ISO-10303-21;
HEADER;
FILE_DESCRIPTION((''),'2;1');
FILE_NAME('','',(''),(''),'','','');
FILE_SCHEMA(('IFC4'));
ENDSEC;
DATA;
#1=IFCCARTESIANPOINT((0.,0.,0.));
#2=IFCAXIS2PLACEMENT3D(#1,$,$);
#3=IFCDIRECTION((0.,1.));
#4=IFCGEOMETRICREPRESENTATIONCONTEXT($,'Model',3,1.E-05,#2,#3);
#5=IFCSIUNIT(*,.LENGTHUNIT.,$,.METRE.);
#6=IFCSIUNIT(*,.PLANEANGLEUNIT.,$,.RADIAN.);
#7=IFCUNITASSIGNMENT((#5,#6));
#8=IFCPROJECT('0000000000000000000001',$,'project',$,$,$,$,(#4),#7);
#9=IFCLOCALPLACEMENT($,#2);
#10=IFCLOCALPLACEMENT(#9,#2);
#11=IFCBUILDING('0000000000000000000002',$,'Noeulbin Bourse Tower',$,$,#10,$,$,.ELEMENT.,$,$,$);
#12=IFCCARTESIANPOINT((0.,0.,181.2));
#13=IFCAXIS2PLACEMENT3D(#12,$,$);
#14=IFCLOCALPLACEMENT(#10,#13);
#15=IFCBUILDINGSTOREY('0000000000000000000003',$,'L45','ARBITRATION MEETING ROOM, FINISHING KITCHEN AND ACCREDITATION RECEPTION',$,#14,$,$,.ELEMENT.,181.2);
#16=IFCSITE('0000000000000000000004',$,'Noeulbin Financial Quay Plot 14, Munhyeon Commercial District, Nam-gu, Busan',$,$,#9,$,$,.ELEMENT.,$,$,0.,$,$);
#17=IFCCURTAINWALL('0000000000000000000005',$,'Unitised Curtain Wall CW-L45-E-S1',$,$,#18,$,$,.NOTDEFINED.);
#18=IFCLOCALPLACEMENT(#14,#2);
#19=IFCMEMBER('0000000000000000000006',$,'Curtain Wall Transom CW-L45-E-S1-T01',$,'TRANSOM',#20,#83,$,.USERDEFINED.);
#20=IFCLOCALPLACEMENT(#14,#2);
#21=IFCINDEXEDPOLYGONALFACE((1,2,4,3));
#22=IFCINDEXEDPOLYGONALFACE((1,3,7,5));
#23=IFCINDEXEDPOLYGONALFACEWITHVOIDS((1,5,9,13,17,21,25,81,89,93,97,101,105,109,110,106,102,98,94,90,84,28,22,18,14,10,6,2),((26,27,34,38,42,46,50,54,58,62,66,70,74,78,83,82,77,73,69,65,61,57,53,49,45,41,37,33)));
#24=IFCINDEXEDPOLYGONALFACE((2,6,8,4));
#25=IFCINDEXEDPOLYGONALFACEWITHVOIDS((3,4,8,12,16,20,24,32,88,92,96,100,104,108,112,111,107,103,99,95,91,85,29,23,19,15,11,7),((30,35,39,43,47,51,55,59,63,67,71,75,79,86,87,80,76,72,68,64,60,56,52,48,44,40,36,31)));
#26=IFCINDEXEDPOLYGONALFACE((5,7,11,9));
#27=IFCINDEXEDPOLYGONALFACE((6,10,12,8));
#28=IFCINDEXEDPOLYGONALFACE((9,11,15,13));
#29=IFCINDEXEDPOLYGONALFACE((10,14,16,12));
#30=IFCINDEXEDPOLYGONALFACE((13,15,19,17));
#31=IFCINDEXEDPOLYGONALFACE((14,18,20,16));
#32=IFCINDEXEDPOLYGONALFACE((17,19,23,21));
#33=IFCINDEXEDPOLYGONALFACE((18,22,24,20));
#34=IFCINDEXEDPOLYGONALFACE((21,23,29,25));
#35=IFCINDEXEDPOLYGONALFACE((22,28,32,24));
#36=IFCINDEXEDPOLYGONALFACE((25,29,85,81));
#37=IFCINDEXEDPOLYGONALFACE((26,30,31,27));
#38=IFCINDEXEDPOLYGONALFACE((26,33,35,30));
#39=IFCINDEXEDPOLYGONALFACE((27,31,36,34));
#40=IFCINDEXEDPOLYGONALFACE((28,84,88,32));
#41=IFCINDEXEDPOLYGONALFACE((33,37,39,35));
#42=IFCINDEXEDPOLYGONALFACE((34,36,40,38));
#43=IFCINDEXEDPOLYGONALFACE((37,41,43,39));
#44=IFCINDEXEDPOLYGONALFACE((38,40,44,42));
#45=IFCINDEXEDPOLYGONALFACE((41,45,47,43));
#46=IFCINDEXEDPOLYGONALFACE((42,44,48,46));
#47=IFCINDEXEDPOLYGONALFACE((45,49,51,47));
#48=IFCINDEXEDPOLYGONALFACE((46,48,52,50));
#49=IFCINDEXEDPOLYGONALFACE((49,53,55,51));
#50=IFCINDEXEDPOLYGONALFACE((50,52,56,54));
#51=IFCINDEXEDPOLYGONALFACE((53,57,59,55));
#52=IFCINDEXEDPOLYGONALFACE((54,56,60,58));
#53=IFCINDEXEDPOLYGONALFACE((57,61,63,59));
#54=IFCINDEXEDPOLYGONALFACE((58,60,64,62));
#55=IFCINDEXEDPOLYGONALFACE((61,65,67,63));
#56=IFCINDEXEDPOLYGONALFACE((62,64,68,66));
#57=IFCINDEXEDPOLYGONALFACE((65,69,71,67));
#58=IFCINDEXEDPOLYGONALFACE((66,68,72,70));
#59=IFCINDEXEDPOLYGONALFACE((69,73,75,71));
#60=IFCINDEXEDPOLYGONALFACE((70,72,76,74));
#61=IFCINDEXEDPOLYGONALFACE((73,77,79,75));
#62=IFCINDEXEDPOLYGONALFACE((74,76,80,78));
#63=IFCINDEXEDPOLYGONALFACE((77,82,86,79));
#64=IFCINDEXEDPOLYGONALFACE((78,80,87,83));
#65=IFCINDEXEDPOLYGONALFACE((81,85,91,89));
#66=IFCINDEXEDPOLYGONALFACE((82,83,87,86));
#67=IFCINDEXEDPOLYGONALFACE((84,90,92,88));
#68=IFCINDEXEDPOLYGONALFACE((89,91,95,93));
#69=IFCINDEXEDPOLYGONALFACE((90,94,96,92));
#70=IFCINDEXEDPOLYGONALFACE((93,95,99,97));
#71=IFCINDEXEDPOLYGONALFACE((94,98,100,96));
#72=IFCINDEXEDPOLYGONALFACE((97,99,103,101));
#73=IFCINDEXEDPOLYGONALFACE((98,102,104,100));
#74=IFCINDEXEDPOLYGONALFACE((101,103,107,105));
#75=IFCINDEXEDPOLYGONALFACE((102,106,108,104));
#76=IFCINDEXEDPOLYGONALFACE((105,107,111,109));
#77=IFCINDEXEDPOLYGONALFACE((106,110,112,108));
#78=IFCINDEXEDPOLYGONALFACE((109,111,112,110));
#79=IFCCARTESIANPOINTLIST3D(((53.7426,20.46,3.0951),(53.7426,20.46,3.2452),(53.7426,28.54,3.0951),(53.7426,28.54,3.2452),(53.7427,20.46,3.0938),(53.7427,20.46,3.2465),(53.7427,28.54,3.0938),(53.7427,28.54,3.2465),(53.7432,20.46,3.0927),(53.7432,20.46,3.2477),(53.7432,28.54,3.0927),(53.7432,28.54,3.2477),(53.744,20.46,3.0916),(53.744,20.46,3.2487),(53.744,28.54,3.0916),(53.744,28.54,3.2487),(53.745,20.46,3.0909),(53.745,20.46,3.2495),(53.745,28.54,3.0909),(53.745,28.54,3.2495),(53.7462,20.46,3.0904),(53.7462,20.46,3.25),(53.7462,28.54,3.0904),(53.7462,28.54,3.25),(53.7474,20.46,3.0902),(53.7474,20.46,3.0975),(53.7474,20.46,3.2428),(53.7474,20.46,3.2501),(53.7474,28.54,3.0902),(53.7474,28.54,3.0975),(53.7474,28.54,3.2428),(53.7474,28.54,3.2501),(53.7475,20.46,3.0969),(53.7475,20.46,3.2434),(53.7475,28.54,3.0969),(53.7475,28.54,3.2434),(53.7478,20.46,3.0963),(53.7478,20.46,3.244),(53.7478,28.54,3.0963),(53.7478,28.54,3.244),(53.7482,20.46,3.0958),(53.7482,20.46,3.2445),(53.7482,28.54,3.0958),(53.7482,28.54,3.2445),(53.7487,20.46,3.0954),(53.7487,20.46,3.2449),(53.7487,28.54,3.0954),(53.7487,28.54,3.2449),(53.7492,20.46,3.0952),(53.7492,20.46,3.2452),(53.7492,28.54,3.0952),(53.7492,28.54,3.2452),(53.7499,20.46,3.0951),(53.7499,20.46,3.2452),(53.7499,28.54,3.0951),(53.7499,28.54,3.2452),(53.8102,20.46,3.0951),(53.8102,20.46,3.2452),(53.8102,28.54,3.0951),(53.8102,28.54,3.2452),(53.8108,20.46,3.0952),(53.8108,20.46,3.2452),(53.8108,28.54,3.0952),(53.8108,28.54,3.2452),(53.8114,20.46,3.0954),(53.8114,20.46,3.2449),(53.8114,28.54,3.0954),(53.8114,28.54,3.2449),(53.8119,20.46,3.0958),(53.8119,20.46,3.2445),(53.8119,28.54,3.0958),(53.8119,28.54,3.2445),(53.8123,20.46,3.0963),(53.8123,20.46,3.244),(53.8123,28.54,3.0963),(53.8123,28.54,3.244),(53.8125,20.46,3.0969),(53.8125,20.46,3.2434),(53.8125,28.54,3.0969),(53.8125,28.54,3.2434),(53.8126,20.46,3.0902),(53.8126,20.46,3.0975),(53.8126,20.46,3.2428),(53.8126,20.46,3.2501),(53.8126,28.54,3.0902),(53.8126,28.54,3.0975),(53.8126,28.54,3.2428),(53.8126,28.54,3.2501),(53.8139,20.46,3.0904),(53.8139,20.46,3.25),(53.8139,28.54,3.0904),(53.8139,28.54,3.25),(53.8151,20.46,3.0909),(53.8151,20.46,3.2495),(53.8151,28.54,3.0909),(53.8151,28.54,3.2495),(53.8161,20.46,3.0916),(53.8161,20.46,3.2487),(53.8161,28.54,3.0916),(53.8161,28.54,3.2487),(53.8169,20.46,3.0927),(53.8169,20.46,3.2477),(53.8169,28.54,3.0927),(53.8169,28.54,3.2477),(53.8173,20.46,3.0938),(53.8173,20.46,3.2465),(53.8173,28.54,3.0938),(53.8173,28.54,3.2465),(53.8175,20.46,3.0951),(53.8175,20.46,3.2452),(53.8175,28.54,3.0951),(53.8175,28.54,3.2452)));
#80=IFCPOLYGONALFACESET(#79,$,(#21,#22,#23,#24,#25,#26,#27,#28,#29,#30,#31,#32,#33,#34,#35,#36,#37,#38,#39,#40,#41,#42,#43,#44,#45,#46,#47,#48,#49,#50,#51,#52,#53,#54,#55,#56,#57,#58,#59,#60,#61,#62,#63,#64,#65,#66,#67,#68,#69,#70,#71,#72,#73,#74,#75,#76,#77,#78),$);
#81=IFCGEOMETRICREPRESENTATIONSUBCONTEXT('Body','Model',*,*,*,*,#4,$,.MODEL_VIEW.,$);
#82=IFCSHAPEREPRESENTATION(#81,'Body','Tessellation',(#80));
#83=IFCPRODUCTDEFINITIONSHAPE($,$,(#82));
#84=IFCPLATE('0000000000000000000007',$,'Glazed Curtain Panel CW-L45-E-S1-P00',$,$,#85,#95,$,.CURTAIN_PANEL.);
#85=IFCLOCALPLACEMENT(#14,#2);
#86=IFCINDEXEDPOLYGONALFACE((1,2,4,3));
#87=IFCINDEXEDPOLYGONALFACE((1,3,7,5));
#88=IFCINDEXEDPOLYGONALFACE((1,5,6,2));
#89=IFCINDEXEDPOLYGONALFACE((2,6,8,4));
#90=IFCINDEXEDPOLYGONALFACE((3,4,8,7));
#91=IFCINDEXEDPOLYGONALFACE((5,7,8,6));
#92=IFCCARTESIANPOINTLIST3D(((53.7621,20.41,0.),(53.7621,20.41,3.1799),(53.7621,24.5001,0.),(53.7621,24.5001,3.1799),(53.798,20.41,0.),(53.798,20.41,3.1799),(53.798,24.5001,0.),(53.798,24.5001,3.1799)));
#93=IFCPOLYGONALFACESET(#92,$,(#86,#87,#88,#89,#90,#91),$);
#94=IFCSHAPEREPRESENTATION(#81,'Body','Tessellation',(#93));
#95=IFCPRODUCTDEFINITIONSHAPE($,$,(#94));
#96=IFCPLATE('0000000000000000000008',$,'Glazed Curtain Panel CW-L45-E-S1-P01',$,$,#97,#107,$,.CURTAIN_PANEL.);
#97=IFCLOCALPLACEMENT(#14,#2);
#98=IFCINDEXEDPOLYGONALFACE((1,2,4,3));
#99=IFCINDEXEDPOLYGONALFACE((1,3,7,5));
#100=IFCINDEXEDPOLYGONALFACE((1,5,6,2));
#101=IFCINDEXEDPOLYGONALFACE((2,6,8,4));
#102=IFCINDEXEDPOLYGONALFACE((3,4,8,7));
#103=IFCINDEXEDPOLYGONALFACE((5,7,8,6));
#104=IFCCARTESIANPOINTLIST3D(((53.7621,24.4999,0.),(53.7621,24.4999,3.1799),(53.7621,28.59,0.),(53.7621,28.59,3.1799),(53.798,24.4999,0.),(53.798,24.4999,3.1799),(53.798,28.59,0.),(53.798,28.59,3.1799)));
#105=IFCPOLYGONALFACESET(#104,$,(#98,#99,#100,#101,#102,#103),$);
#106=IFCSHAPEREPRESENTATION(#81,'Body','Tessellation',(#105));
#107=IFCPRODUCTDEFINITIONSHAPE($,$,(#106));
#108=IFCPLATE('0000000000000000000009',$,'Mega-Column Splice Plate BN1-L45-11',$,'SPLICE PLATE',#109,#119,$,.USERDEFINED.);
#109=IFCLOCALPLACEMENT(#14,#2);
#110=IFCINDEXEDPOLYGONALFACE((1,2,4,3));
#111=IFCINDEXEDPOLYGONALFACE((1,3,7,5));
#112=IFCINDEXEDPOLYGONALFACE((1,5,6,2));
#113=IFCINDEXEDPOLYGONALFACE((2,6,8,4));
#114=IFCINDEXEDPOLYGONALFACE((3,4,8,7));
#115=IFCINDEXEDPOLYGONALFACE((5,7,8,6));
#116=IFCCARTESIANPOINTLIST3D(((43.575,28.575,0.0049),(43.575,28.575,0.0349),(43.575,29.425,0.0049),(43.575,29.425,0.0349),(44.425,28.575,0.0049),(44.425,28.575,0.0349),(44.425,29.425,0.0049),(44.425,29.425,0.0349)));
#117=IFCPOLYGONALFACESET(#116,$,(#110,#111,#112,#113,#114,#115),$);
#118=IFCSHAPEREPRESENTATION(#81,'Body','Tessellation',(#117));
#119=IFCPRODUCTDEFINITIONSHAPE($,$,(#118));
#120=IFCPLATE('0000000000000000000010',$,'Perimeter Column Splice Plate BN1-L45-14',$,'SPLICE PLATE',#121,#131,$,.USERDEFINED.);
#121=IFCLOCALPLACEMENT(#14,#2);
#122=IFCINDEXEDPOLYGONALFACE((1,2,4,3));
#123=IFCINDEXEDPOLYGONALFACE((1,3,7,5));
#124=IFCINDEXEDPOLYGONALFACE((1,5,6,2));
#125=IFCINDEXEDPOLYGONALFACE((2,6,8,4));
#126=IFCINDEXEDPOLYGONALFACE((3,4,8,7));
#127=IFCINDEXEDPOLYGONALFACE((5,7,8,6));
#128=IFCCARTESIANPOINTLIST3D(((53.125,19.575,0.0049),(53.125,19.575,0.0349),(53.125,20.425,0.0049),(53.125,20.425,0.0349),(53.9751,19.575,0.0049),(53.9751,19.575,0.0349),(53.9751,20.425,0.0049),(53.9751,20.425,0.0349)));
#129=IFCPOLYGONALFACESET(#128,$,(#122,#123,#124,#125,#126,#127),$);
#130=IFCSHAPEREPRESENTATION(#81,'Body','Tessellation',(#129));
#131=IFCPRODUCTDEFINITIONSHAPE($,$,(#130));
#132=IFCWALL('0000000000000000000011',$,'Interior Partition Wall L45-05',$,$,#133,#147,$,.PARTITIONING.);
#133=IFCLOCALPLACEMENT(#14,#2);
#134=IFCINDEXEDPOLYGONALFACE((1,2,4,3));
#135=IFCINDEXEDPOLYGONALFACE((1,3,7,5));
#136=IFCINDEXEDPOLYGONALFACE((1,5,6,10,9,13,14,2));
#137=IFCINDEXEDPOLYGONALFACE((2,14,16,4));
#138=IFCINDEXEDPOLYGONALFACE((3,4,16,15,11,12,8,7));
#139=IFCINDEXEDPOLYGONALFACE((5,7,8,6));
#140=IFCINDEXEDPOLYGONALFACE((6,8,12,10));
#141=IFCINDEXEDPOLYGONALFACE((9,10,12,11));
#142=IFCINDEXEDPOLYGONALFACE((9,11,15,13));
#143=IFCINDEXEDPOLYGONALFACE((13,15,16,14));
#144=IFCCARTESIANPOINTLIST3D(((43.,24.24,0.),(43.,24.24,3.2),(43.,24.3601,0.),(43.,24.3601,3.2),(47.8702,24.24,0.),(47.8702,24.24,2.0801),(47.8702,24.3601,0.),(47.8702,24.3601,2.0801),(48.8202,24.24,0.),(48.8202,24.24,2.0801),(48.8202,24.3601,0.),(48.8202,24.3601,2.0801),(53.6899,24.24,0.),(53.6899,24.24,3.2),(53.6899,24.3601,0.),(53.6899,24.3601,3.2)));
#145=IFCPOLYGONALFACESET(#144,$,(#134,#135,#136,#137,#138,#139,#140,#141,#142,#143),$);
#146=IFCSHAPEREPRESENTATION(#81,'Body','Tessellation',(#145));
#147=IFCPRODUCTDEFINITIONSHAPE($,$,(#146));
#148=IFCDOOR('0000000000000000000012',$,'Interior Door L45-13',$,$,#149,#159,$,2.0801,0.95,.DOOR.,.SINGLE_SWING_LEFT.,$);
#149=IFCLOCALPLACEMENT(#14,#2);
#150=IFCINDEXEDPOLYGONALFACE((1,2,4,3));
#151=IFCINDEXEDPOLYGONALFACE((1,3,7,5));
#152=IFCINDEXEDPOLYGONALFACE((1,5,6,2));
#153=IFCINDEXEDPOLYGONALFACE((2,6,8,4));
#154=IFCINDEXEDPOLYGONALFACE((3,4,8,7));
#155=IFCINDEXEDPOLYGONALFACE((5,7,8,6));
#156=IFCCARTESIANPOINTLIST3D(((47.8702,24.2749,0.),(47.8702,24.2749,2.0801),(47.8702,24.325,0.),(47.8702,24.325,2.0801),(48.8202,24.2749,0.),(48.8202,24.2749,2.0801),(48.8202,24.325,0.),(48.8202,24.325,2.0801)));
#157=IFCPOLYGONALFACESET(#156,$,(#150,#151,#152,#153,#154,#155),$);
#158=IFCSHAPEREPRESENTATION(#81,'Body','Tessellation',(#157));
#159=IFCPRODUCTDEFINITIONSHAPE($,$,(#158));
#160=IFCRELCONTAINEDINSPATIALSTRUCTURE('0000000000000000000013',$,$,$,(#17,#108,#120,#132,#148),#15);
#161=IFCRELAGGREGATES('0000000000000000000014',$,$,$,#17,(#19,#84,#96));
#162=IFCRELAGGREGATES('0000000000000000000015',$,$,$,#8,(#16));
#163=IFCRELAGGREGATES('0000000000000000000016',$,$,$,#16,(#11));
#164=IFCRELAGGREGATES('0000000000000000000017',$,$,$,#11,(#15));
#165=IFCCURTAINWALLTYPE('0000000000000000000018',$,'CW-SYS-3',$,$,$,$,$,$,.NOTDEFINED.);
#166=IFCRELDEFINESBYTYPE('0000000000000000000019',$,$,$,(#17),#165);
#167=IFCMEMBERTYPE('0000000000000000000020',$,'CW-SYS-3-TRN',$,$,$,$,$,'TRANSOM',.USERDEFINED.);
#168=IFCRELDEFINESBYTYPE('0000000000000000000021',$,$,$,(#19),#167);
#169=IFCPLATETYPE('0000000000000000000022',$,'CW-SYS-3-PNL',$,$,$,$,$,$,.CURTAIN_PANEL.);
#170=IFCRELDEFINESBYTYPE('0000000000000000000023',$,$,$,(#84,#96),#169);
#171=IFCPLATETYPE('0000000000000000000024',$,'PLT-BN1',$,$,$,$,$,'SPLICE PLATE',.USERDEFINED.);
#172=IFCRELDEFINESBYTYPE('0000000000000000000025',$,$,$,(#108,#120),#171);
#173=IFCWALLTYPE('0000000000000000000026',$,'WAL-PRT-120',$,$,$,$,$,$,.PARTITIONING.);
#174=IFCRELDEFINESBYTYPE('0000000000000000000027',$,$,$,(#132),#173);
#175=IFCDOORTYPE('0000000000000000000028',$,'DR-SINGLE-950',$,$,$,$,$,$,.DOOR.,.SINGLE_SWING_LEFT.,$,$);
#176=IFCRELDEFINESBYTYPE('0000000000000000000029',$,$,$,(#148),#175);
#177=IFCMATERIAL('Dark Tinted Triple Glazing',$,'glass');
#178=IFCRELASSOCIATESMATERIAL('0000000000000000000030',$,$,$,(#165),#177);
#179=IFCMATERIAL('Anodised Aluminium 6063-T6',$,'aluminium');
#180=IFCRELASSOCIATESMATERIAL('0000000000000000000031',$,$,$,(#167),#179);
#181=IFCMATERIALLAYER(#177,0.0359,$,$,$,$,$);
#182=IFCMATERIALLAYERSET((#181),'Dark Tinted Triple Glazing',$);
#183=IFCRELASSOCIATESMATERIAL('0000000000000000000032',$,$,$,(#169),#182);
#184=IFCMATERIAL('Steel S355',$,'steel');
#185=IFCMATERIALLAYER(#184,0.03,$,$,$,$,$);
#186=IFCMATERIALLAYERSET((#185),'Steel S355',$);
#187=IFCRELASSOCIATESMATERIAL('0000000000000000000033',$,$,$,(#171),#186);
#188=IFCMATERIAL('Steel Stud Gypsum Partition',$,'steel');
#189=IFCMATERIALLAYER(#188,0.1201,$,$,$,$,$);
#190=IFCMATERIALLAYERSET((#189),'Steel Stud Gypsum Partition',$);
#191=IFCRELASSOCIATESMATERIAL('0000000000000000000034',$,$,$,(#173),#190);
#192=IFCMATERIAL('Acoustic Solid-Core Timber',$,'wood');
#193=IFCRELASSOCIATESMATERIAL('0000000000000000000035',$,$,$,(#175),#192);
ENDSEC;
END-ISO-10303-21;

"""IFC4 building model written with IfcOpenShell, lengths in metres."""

from ifc_helpers import new_model, si_unit, direction, frame, frame_2d, origin, origin_2d, place, context, subcontext, project, spatial, rectangle, hollow_rectangle, extrude, material, layer, layer_set, material_profile, profile_set, type_object, element, fill, aggregate, save


model = new_model("IFC4")

# Units and contexts
model_context = context("Model", 3, precision=1e-05, world=origin(), true_north=direction((0.0, 1.0)))
body_context = subcontext(model_context, "Body", "Model", "MODEL_VIEW")
ifc_project = project(units=[si_unit("LENGTHUNIT", "METRE"), si_unit("PLANEANGLEUNIT", "RADIAN")], contexts=[model_context])

# Site, building, storey
site_placement = place(None, origin())
site = spatial("IfcSite", under=ifc_project, at=site_placement, Name="Noeulbin Financial Quay Plot 14, Munhyeon Commercial District, Nam-gu, Busan", CompositionType="ELEMENT", RefElevation=0.0)
building_placement = place(site_placement, origin())
building = spatial("IfcBuilding", under=site, at=building_placement, Name="Noeulbin Bourse Tower", CompositionType="ELEMENT")
storey_placement = place(building_placement, frame((0.0, 0.0, 181.2)))
storey = spatial("IfcBuildingStorey", under=building, at=storey_placement, Name="L45", Description="ARBITRATION MEETING ROOM, FINISHING KITCHEN AND ACCREDITATION RECEPTION", CompositionType="ELEMENT", Elevation=181.2)

# Shared definitions
ifc_material_1 = material(Name="Steel S355", Category="steel")

# Curtain wall, member, plates
ifc_material_2 = material(Name="Dark Tinted Triple Glazing", Category="glass")
curtain_wall_type = type_object("IfcCurtainWallType", Name="CW-SYS-3", PredefinedType="NOTDEFINED", material=ifc_material_2)
curtain_wall_placement = place(storey_placement, origin())
curtain_wall = element("IfcCurtainWall", 1, at=curtain_wall_placement, inside=storey, type_object=curtain_wall_type, Name="Unitised Curtain Wall CW-L45-E-S1", PredefinedType="NOTDEFINED")
ifc_material_3 = material(Name="Anodised Aluminium 6063-T6", Category="aluminium")
ifc_material_profile_1 = material_profile(ifc_material_3, hollow_rectangle(XDim=0.075, YDim=0.1599, WallThickness=0.0049, InnerFilletRadius=0.0024, OuterFilletRadius=0.0049, at=origin_2d()), Name="ALU-TRAN-75x160x5", Category="LoadBearing")
ifc_profile_set_1 = profile_set([ifc_material_profile_1], Name="Anodised Aluminium 6063-T6")
member_type_1 = type_object("IfcMemberType", Name="CW-SYS-3-TRN", ElementType="TRANSOM", PredefinedType="USERDEFINED", material=ifc_profile_set_1)
member_1_placement = place(storey_placement, frame((53.78, 20.46, 3.1702), z_axis=(0.0, 1.0, 0.0), x_axis=(-1.0, 0.0, 0.0)))
member_1 = element("IfcMember", 2, at=member_1_placement, type_object=member_type_1, Name="Curtain Wall Transom CW-L45-E-S1-T01", ObjectType="TRANSOM", PredefinedType="USERDEFINED", context=body_context, shape_type="SweptSolid", body=[
    extrude(hollow_rectangle(XDim=0.075, YDim=0.1599, WallThickness=0.0049, InnerFilletRadius=0.0024, OuterFilletRadius=0.0049, at=origin_2d()), origin(), (0.0, 0.0, 1.0), 8.0801),
])
ifc_layer_1 = layer(ifc_material_2, 0.0359)
ifc_layer_set_1 = layer_set([ifc_layer_1], Name="Dark Tinted Triple Glazing")
plate_type_1 = type_object("IfcPlateType", Name="CW-SYS-3-PNL", PredefinedType="CURTAIN_PANEL", material=ifc_layer_set_1)
plate_1_placement = place(storey_placement, frame((53.78, 22.4551, 0.0), z_axis=(0.0, 0.0, 1.0), x_axis=(0.0, 1.0, 0.0)))
plate_1 = element("IfcPlate", 3, at=plate_1_placement, type_object=plate_type_1, Name="Glazed Curtain Panel CW-L45-E-S1-P00", PredefinedType="CURTAIN_PANEL", context=body_context, shape_type="SweptSolid", body=[
    extrude(rectangle(XDim=4.0901, YDim=0.0359, at=origin_2d()), origin(), (0.0, 0.0, 1.0), 3.1799),
])
plate_2_placement = place(storey_placement, frame((53.78, 26.5449, 0.0), z_axis=(0.0, 0.0, 1.0), x_axis=(0.0, 1.0, 0.0)))
plate_2 = element("IfcPlate", 4, at=plate_2_placement, type_object=plate_type_1, Name="Glazed Curtain Panel CW-L45-E-S1-P01", PredefinedType="CURTAIN_PANEL", context=body_context, shape_type="SweptSolid", body=[
    extrude(rectangle(XDim=4.0901, YDim=0.0359, at=origin_2d()), origin(), (0.0, 0.0, 1.0), 3.1799),
])
aggregate(curtain_wall, [member_1, plate_1, plate_2])

# Plates
ifc_layer_2 = layer(ifc_material_1, 0.03)
ifc_layer_set_2 = layer_set([ifc_layer_2], Name="Steel S355")
plate_type_2 = type_object("IfcPlateType", Name="PLT-BN1", ElementType="SPLICE PLATE", PredefinedType="USERDEFINED", material=ifc_layer_set_2)
for number, where, z_axis, x_axis, name in (
    (5, (44.0, 29.0, 0.0049), (0.0, 0.0, 1.0), (1.0, 0.0, 0.0), "Mega-Column Splice Plate BN1-L45-11"),
    (6, (53.55, 20.0, 0.0049), (0.0, 0.0, 1.0), (1.0, 0.0, 0.0), "Perimeter Column Splice Plate BN1-L45-14"),
):
    element("IfcPlate", number, at=place(storey_placement, frame(where, z_axis=z_axis, x_axis=x_axis)), inside=storey, type_object=plate_type_2, Name=name, ObjectType="SPLICE PLATE", PredefinedType="USERDEFINED", context=body_context, shape_type="SweptSolid", body=[
        extrude(rectangle(XDim=0.8501, YDim=0.8501, at=origin_2d()), origin(), (0.0, 0.0, 1.0), 0.03),
    ])

# Wall, opening, door
ifc_material_4 = material(Name="Steel Stud Gypsum Partition", Category="steel")
ifc_layer_3 = layer(ifc_material_4, 0.1201)
ifc_layer_set_3 = layer_set([ifc_layer_3], Name="Steel Stud Gypsum Partition")
wall_type_1 = type_object("IfcWallType", Name="WAL-PRT-120", PredefinedType="PARTITIONING", material=ifc_layer_set_3)
wall_1_placement = place(storey_placement, frame((43.0, 24.3, 0.0), z_axis=(0.0, 0.0, 1.0), x_axis=(1.0, 0.0, 0.0)))
wall_1 = element("IfcWall", 7, at=wall_1_placement, inside=storey, type_object=wall_type_1, Name="Interior Partition Wall L45-05", PredefinedType="PARTITIONING", context=body_context, shape_type="SweptSolid", body=[
    extrude(rectangle(XDim=10.6899, YDim=0.1201, at=frame_2d((5.345, 0.0))), origin(), (0.0, 0.0, 1.0), 3.2),
])
opening_1_placement = place(wall_1_placement, frame((4.8701, 0.0, 0.0)))
opening_1 = element("IfcOpeningElement", 8, at=opening_1_placement, cuts=wall_1, PredefinedType="OPENING", context=body_context, shape_type="SweptSolid", body=[
    extrude(rectangle(XDim=0.95, YDim=2.0801, at=frame_2d((0.4751, 1.04))), frame((0.0, 0.0701, 0.0), z_axis=(0.0, -1.0, 0.0), x_axis=(1.0, 0.0, 0.0)), (0.0, 0.0, 1.0), 0.1401),
])
ifc_material_5 = material(Name="Acoustic Solid-Core Timber", Category="wood")
door_type = type_object("IfcDoorType", Name="DR-SINGLE-950", OperationType="SINGLE_SWING_LEFT", PredefinedType="DOOR", material=ifc_material_5)
door_1_placement = place(opening_1_placement, origin())
door_1 = element("IfcDoor", 9, at=door_1_placement, inside=storey, type_object=door_type, Name="Interior Door L45-13", OperationType="SINGLE_SWING_LEFT", OverallHeight=2.0801, OverallWidth=0.95, PredefinedType="DOOR", context=body_context, shape_type="SweptSolid", body=[
    extrude(rectangle(XDim=0.95, YDim=2.0801, at=frame_2d((0.4751, 1.04))), frame((0.0, 0.0249, 0.0), z_axis=(0.0, -1.0, 0.0), x_axis=(1.0, 0.0, 0.0)), (0.0, 0.0, 1.0), 0.05),
])
fill(opening_1, door_1)

save(model, "model.ifc")
